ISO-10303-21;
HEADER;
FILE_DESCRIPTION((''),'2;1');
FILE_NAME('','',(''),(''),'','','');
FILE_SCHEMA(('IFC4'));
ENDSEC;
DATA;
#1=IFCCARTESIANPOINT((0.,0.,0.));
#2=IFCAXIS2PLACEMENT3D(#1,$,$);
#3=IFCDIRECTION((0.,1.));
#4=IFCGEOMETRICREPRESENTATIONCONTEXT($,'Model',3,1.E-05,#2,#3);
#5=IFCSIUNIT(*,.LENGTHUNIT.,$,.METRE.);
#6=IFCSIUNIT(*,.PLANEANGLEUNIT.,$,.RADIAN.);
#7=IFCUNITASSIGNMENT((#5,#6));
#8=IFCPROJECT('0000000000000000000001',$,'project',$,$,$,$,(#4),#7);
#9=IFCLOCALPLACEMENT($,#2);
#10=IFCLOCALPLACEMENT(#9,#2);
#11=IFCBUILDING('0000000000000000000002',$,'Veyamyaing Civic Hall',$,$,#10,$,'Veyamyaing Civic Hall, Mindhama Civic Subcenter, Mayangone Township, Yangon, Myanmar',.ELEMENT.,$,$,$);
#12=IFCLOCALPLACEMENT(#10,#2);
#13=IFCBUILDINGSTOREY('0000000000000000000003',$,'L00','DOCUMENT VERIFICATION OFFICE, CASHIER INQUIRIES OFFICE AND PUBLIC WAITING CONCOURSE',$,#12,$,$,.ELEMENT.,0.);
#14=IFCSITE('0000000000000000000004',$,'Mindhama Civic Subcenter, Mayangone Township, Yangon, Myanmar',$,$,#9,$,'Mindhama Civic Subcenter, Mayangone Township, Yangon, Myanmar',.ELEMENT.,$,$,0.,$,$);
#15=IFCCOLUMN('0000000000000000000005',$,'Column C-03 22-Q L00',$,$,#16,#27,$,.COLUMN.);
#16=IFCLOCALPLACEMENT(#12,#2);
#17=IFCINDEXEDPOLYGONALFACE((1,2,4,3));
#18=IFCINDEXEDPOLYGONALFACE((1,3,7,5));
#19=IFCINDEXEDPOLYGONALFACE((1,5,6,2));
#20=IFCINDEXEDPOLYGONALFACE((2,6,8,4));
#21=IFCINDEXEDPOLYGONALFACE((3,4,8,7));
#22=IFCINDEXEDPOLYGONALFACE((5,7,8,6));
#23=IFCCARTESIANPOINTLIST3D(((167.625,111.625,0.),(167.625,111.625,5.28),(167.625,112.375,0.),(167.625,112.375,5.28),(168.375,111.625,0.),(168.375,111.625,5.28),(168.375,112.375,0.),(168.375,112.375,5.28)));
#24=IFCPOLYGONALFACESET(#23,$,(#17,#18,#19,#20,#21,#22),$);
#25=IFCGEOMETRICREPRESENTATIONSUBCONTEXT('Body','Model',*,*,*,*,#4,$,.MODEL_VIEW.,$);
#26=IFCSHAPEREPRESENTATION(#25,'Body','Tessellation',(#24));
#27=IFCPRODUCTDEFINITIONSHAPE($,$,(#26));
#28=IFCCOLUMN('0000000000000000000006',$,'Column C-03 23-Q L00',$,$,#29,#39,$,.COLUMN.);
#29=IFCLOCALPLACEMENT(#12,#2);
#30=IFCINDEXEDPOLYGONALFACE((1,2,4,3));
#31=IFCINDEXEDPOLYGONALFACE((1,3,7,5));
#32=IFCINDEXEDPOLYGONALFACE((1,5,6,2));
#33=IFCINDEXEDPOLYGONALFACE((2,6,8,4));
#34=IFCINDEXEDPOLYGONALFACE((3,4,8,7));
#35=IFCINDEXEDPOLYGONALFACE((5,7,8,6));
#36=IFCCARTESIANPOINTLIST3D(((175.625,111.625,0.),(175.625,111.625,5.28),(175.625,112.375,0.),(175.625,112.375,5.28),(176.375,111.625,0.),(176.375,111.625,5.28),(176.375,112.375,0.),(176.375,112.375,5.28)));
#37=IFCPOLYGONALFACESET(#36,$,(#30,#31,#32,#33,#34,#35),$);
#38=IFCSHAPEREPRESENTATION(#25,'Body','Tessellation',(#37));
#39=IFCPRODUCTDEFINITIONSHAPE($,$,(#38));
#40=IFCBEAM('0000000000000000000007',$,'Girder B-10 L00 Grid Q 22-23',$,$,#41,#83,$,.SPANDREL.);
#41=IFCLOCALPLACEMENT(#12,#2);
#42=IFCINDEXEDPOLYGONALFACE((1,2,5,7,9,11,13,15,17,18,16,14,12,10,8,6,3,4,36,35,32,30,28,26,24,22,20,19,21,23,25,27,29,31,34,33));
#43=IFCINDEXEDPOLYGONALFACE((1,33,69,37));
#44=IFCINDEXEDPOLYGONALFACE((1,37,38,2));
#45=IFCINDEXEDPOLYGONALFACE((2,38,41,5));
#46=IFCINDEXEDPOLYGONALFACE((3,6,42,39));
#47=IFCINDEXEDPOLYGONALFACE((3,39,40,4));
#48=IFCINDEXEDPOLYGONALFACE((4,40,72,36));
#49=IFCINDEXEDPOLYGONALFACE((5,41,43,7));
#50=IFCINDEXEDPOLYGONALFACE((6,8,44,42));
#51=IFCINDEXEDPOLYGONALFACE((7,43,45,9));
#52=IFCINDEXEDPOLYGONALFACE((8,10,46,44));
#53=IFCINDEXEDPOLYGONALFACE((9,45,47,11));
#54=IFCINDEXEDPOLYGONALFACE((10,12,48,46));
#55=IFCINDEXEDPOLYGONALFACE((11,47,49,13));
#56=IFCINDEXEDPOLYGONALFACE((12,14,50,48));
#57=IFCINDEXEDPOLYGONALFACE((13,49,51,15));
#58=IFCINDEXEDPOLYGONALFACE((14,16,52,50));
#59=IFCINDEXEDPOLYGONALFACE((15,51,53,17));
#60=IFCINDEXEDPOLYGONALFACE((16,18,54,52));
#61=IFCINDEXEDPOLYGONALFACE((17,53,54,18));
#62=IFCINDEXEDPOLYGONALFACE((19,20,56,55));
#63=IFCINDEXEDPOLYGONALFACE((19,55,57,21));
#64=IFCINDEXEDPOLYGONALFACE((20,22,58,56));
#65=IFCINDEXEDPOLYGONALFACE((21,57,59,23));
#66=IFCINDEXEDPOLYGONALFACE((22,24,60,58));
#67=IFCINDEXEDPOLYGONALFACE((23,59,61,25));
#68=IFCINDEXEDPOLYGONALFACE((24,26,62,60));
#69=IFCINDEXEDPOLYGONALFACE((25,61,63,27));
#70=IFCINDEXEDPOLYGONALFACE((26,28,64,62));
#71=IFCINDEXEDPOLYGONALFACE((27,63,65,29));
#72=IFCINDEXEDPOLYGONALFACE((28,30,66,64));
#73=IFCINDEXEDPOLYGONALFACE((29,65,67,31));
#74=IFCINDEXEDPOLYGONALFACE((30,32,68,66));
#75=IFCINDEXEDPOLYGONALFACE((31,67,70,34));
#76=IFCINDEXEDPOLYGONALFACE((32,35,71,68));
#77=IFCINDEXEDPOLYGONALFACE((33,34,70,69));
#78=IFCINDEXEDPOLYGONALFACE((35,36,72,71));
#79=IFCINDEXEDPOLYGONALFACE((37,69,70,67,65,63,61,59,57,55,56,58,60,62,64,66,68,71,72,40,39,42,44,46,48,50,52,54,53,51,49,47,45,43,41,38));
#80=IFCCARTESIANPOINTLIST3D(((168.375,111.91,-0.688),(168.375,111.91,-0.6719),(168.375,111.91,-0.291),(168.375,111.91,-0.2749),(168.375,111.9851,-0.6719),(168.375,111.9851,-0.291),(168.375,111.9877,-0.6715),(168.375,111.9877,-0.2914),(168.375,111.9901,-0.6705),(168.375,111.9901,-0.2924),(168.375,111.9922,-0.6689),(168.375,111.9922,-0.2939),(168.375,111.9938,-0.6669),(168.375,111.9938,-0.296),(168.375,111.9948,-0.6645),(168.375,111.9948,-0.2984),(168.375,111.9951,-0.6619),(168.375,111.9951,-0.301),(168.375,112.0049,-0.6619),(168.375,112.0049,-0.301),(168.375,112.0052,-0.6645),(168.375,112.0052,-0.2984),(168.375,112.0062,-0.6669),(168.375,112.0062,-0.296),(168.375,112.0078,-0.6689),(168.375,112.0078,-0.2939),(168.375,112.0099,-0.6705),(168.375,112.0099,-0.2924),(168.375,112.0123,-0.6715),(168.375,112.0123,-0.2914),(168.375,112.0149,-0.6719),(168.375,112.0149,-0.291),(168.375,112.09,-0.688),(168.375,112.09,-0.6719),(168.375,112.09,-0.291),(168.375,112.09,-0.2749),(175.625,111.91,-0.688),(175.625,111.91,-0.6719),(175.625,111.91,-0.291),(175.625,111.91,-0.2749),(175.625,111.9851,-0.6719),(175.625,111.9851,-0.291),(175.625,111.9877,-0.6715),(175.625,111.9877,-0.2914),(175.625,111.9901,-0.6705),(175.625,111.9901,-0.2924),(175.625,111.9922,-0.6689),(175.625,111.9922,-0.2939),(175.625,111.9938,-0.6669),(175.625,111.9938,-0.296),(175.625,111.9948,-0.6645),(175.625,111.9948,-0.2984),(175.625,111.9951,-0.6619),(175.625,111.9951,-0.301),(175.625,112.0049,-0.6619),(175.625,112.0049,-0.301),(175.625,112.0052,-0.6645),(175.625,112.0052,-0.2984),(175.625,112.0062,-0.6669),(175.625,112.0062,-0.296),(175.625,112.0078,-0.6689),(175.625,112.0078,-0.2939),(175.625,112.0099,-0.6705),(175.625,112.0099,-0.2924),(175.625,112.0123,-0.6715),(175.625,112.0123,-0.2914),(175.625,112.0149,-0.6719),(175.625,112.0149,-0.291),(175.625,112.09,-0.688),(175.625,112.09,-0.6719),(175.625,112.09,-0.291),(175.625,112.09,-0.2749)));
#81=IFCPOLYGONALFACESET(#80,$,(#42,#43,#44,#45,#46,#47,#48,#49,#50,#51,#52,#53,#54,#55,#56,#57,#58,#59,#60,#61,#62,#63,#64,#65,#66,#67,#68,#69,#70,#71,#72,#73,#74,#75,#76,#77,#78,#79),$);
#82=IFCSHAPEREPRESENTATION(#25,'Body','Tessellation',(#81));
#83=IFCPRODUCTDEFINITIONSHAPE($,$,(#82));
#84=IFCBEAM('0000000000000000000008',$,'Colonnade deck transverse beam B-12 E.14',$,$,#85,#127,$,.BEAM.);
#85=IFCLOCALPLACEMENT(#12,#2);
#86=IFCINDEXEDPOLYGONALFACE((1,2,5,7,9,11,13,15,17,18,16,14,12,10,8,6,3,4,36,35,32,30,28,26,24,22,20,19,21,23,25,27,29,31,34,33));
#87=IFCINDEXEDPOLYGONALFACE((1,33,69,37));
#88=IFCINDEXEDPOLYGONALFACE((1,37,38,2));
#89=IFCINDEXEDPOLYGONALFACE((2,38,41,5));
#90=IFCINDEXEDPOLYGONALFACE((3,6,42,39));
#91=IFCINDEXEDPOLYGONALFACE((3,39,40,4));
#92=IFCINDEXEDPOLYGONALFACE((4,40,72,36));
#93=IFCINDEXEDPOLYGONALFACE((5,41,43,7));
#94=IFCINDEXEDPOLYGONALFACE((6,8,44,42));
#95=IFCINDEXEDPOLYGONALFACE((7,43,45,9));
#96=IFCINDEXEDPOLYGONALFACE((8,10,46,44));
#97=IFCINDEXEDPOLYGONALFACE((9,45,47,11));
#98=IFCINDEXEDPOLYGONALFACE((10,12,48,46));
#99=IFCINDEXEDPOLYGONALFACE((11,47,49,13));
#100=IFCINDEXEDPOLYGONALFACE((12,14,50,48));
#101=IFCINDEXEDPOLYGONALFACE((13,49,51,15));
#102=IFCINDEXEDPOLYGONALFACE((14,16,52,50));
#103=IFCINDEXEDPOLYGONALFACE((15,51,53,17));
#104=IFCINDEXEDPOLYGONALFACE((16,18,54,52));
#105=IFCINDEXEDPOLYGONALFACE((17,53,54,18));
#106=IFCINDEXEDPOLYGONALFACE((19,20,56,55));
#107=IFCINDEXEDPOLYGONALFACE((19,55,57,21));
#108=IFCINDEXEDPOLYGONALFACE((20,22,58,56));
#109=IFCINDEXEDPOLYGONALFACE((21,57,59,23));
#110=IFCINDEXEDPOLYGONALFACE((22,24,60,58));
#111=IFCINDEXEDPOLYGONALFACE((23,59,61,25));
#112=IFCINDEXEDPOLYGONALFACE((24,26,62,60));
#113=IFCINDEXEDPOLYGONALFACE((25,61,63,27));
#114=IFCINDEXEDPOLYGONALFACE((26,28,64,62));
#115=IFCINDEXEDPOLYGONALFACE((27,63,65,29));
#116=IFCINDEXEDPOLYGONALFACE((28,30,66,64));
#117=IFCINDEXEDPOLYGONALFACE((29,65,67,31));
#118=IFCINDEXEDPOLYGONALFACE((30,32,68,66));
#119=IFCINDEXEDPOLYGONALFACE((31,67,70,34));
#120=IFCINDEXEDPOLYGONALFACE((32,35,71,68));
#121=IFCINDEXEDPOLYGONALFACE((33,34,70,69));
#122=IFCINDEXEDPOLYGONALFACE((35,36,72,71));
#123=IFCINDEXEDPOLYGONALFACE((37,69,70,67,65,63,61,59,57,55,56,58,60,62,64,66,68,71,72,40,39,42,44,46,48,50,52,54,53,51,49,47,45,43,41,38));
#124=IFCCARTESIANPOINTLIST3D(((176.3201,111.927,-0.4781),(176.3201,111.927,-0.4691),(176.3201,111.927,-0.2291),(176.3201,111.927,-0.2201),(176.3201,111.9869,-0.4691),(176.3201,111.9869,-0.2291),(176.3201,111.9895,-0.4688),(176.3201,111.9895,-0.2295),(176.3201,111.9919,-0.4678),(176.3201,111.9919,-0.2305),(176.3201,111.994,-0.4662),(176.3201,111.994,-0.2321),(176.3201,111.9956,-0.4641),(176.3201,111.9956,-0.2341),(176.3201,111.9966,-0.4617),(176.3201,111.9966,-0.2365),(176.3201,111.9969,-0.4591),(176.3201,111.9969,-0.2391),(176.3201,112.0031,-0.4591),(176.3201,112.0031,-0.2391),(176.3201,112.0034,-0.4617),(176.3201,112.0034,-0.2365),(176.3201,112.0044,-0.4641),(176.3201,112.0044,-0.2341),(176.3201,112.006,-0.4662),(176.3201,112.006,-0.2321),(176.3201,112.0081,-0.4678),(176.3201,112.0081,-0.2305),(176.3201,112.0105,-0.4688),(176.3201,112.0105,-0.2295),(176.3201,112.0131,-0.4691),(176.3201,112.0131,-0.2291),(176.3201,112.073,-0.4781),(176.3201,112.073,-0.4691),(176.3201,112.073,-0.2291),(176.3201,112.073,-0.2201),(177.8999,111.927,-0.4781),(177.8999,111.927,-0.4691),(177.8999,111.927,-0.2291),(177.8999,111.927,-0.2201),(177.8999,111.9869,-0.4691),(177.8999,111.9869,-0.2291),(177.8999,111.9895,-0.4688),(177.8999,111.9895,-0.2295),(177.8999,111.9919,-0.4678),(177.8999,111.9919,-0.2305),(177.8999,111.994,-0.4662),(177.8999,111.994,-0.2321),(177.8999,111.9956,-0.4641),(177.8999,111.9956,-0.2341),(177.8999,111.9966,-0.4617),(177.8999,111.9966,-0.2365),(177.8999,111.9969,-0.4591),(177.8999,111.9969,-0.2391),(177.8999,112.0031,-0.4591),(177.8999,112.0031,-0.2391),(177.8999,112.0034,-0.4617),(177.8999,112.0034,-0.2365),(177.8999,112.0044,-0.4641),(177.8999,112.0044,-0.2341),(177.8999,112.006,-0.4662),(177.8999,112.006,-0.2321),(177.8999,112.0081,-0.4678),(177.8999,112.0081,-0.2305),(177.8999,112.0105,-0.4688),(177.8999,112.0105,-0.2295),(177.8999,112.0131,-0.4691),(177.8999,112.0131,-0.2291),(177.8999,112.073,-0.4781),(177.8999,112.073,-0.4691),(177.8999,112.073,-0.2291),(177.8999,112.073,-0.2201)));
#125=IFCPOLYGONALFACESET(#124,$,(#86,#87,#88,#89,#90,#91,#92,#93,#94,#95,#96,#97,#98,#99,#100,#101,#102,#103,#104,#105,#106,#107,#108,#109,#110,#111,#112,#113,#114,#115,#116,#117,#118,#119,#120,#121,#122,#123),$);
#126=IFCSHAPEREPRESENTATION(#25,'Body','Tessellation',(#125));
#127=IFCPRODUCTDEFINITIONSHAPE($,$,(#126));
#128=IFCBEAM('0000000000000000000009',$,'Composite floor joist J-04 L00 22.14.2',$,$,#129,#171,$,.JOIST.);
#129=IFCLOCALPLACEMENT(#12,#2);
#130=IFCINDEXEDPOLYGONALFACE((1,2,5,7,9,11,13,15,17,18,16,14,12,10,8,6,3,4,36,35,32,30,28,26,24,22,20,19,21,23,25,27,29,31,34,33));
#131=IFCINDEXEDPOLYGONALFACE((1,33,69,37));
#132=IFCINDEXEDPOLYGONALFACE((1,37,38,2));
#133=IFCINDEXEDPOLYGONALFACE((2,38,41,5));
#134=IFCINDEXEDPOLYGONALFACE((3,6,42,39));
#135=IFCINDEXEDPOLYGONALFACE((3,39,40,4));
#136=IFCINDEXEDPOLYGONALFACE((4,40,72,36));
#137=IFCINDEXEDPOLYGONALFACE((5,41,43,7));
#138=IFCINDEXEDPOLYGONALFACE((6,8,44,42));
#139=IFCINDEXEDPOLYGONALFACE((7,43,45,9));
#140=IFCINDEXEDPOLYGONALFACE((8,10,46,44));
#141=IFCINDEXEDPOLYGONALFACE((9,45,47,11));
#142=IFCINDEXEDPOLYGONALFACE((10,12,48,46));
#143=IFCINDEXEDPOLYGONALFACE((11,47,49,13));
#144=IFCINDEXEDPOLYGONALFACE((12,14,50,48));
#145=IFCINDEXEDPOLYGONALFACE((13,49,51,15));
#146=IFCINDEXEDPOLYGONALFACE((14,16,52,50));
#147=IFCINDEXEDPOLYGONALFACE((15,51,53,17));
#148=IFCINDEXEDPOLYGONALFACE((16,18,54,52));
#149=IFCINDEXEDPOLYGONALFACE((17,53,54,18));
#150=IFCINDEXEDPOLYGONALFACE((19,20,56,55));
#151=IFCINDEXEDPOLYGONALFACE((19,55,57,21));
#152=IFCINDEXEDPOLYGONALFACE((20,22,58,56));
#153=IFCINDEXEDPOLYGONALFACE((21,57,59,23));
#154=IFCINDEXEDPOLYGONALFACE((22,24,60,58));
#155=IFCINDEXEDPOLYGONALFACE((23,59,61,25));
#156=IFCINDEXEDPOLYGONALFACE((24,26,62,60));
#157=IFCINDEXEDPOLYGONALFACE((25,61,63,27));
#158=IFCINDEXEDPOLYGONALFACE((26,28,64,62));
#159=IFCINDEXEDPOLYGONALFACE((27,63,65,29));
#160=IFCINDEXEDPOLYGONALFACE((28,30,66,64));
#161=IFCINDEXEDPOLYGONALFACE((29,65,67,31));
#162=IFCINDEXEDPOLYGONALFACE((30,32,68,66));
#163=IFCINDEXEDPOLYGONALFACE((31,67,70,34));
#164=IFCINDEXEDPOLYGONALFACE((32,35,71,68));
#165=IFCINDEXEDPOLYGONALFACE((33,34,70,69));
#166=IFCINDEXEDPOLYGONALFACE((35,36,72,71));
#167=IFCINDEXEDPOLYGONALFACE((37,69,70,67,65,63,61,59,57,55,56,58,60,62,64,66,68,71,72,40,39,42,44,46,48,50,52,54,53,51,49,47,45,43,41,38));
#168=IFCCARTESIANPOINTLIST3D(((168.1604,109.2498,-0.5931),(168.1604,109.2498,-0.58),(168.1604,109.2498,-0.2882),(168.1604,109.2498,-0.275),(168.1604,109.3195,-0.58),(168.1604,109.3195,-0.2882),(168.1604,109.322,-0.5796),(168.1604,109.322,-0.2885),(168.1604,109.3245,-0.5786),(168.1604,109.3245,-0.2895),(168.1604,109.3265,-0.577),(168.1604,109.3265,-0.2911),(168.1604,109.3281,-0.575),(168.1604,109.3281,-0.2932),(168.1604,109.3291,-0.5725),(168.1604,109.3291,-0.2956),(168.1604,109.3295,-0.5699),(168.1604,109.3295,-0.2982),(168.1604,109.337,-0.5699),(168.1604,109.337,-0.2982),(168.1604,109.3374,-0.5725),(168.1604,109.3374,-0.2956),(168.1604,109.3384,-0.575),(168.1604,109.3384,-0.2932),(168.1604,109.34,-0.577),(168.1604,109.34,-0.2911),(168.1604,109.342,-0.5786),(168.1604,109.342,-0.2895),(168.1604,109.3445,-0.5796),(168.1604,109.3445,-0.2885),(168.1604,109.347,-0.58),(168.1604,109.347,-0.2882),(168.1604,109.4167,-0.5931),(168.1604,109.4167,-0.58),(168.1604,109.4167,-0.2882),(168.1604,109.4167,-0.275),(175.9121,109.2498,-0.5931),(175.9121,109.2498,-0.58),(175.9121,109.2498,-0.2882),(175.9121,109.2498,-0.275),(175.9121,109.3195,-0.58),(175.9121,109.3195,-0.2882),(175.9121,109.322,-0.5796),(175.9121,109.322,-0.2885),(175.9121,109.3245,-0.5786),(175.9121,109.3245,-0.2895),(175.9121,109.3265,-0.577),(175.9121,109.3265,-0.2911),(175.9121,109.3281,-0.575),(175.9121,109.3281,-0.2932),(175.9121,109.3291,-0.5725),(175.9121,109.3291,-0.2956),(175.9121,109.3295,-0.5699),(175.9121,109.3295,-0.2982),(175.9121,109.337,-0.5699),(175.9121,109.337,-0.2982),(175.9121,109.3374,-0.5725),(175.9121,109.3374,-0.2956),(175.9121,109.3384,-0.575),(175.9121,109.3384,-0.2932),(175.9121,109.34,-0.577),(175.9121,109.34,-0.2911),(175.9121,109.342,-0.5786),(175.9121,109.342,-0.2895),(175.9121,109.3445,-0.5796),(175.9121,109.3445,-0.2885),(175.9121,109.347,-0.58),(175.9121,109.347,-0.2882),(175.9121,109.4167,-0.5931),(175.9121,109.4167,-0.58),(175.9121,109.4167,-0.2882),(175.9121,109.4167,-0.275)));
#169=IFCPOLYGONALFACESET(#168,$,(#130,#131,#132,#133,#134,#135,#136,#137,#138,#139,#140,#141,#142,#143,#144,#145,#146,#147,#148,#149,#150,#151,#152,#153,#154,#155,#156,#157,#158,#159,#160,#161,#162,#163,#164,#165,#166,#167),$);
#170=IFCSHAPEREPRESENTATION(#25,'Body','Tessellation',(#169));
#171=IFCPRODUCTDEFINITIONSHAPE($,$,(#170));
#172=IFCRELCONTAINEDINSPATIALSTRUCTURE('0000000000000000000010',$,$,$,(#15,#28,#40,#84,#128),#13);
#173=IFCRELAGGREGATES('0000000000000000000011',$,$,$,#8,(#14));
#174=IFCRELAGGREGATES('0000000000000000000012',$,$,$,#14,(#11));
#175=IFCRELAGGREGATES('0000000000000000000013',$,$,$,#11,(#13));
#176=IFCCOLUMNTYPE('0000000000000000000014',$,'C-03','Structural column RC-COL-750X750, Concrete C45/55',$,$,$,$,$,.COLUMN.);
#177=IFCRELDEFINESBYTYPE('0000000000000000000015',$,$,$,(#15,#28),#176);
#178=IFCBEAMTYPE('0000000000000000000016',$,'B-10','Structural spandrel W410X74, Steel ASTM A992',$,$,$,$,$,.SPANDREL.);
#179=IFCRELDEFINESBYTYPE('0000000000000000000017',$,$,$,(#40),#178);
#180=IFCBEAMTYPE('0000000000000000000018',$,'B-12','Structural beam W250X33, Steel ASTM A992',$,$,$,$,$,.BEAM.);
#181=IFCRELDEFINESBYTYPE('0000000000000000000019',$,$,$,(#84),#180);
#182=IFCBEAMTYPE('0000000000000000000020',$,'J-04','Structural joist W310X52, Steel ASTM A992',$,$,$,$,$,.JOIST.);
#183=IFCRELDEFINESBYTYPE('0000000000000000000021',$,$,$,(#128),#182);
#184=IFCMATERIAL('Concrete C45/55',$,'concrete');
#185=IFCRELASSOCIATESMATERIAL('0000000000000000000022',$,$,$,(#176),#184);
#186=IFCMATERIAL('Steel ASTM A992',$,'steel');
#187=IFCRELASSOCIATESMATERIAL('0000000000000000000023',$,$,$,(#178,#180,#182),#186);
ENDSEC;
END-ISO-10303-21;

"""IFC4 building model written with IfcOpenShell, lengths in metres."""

from ifc_helpers import new_model, si_unit, direction, frame, origin, origin_2d, place, context, subcontext, project, spatial, rectangle, i_section, extrude, material, material_profile, profile_set, type_object, element, save


model = new_model("IFC4")

# Units and contexts
model_context = context("Model", 3, precision=1e-05, world=origin(), true_north=direction((0.0, 1.0)))
body_context = subcontext(model_context, "Body", "Model", "MODEL_VIEW")
ifc_project = project(units=[si_unit("LENGTHUNIT", "METRE"), si_unit("PLANEANGLEUNIT", "RADIAN")], contexts=[model_context])

# Site, building, storey
site_placement = place(None, origin())
site = spatial("IfcSite", under=ifc_project, at=site_placement, Name="Mindhama Civic Subcenter, Mayangone Township, Yangon, Myanmar", LongName="Mindhama Civic Subcenter, Mayangone Township, Yangon, Myanmar", CompositionType="ELEMENT", RefElevation=0.0)
building_placement = place(site_placement, origin())
building = spatial("IfcBuilding", under=site, at=building_placement, Name="Veyamyaing Civic Hall", LongName="Veyamyaing Civic Hall, Mindhama Civic Subcenter, Mayangone Township, Yangon, Myanmar", CompositionType="ELEMENT")
storey_placement = place(building_placement, origin())
storey = spatial("IfcBuildingStorey", under=building, at=storey_placement, Name="L00", Description="DOCUMENT VERIFICATION OFFICE, CASHIER INQUIRIES OFFICE AND PUBLIC WAITING CONCOURSE", CompositionType="ELEMENT", Elevation=0.0)

# Columns
ifc_material_1 = material(Name="Concrete C45/55", Category="concrete")
ifc_material_profile_1 = material_profile(ifc_material_1, rectangle(XDim=0.75, YDim=0.75, at=origin_2d()), Name="RC-COL-750X750")
ifc_profile_set_1 = profile_set([ifc_material_profile_1], Name="Concrete C45/55")
column_type = type_object("IfcColumnType", Name="C-03", Description="Structural column RC-COL-750X750, Concrete C45/55", PredefinedType="COLUMN", material=ifc_profile_set_1)
for number, where, z_axis, x_axis, name in (
    (1, (168.0, 112.0, 0.0), (0.0, 0.0, 1.0), (1.0, 0.0, 0.0), "Column C-03 22-Q L00"),
    (2, (176.0, 112.0, 0.0), (0.0, 0.0, 1.0), (1.0, 0.0, 0.0), "Column C-03 23-Q L00"),
):
    element("IfcColumn", number, at=place(storey_placement, frame(where, z_axis=z_axis, x_axis=x_axis)), inside=storey, type_object=column_type, Name=name, PredefinedType="COLUMN", context=body_context, shape_type="SweptSolid", body=[
        extrude(rectangle(XDim=0.75, YDim=0.75, at=origin_2d()), origin(), (0.0, 0.0, 1.0), 5.28),
    ])

# Beams
ifc_material_2 = material(Name="Steel ASTM A992", Category="steel")
ifc_material_profile_2 = material_profile(ifc_material_2, i_section(OverallWidth=0.1799, OverallDepth=0.4131, WebThickness=0.0098, FlangeThickness=0.0161, FilletRadius=0.01, at=origin_2d()), Name="W410X74")
ifc_profile_set_2 = profile_set([ifc_material_profile_2], Name="Steel ASTM A992")
beam_type_1 = type_object("IfcBeamType", Name="B-10", Description="Structural spandrel W410X74, Steel ASTM A992", PredefinedType="SPANDREL", material=ifc_profile_set_2)
beam_1_placement = place(storey_placement, frame((168.375, 112.0, -0.4814), z_axis=(1.0, 0.0, 0.0), x_axis=(0.0, 1.0, 0.0)))
element("IfcBeam", 3, at=beam_1_placement, inside=storey, type_object=beam_type_1, Name="Girder B-10 L00 Grid Q 22-23", PredefinedType="SPANDREL", context=body_context, shape_type="SweptSolid", body=[
    extrude(i_section(OverallWidth=0.1799, OverallDepth=0.4131, WebThickness=0.0098, FlangeThickness=0.0161, FilletRadius=0.01, at=origin_2d()), origin(), (0.0, 0.0, 1.0), 7.25),
])
ifc_material_profile_3 = material_profile(ifc_material_2, i_section(OverallWidth=0.146, OverallDepth=0.2581, WebThickness=0.0061, FlangeThickness=0.009, FilletRadius=0.01, at=origin_2d()), Name="W250X33")
ifc_profile_set_3 = profile_set([ifc_material_profile_3], Name="Steel ASTM A992")
beam_type_2 = type_object("IfcBeamType", Name="B-12", Description="Structural beam W250X33, Steel ASTM A992", PredefinedType="BEAM", material=ifc_profile_set_3)
beam_2_placement = place(storey_placement, frame((176.3201, 112.0, -0.3491), z_axis=(1.0, 0.0, 0.0), x_axis=(0.0, 1.0, 0.0)))
element("IfcBeam", 4, at=beam_2_placement, inside=storey, type_object=beam_type_2, Name="Colonnade deck transverse beam B-12 E.14", PredefinedType="BEAM", context=body_context, shape_type="SweptSolid", body=[
    extrude(i_section(OverallWidth=0.146, OverallDepth=0.2581, WebThickness=0.0061, FlangeThickness=0.009, FilletRadius=0.01, at=origin_2d()), origin(), (0.0, 0.0, 1.0), 1.5798),
])
ifc_material_profile_4 = material_profile(ifc_material_2, i_section(OverallWidth=0.167, OverallDepth=0.3181, WebThickness=0.0076, FlangeThickness=0.0132, FilletRadius=0.01, at=origin_2d()), Name="W310X52")
ifc_profile_set_4 = profile_set([ifc_material_profile_4], Name="Steel ASTM A992")
beam_type_3 = type_object("IfcBeamType", Name="J-04", Description="Structural joist W310X52, Steel ASTM A992", PredefinedType="JOIST", material=ifc_profile_set_4)
beam_3_placement = place(storey_placement, frame((168.1604, 109.3333, -0.4341), z_axis=(1.0, 0.0, 0.0), x_axis=(0.0, 1.0, 0.0)))
element("IfcBeam", 5, at=beam_3_placement, inside=storey, type_object=beam_type_3, Name="Composite floor joist J-04 L00 22.14.2", PredefinedType="JOIST", context=body_context, shape_type="SweptSolid", body=[
    extrude(i_section(OverallWidth=0.167, OverallDepth=0.3181, WebThickness=0.0076, FlangeThickness=0.0132, FilletRadius=0.01, at=origin_2d()), origin(), (0.0, 0.0, 1.0), 7.7517),
])

save(model, "model.ifc")
